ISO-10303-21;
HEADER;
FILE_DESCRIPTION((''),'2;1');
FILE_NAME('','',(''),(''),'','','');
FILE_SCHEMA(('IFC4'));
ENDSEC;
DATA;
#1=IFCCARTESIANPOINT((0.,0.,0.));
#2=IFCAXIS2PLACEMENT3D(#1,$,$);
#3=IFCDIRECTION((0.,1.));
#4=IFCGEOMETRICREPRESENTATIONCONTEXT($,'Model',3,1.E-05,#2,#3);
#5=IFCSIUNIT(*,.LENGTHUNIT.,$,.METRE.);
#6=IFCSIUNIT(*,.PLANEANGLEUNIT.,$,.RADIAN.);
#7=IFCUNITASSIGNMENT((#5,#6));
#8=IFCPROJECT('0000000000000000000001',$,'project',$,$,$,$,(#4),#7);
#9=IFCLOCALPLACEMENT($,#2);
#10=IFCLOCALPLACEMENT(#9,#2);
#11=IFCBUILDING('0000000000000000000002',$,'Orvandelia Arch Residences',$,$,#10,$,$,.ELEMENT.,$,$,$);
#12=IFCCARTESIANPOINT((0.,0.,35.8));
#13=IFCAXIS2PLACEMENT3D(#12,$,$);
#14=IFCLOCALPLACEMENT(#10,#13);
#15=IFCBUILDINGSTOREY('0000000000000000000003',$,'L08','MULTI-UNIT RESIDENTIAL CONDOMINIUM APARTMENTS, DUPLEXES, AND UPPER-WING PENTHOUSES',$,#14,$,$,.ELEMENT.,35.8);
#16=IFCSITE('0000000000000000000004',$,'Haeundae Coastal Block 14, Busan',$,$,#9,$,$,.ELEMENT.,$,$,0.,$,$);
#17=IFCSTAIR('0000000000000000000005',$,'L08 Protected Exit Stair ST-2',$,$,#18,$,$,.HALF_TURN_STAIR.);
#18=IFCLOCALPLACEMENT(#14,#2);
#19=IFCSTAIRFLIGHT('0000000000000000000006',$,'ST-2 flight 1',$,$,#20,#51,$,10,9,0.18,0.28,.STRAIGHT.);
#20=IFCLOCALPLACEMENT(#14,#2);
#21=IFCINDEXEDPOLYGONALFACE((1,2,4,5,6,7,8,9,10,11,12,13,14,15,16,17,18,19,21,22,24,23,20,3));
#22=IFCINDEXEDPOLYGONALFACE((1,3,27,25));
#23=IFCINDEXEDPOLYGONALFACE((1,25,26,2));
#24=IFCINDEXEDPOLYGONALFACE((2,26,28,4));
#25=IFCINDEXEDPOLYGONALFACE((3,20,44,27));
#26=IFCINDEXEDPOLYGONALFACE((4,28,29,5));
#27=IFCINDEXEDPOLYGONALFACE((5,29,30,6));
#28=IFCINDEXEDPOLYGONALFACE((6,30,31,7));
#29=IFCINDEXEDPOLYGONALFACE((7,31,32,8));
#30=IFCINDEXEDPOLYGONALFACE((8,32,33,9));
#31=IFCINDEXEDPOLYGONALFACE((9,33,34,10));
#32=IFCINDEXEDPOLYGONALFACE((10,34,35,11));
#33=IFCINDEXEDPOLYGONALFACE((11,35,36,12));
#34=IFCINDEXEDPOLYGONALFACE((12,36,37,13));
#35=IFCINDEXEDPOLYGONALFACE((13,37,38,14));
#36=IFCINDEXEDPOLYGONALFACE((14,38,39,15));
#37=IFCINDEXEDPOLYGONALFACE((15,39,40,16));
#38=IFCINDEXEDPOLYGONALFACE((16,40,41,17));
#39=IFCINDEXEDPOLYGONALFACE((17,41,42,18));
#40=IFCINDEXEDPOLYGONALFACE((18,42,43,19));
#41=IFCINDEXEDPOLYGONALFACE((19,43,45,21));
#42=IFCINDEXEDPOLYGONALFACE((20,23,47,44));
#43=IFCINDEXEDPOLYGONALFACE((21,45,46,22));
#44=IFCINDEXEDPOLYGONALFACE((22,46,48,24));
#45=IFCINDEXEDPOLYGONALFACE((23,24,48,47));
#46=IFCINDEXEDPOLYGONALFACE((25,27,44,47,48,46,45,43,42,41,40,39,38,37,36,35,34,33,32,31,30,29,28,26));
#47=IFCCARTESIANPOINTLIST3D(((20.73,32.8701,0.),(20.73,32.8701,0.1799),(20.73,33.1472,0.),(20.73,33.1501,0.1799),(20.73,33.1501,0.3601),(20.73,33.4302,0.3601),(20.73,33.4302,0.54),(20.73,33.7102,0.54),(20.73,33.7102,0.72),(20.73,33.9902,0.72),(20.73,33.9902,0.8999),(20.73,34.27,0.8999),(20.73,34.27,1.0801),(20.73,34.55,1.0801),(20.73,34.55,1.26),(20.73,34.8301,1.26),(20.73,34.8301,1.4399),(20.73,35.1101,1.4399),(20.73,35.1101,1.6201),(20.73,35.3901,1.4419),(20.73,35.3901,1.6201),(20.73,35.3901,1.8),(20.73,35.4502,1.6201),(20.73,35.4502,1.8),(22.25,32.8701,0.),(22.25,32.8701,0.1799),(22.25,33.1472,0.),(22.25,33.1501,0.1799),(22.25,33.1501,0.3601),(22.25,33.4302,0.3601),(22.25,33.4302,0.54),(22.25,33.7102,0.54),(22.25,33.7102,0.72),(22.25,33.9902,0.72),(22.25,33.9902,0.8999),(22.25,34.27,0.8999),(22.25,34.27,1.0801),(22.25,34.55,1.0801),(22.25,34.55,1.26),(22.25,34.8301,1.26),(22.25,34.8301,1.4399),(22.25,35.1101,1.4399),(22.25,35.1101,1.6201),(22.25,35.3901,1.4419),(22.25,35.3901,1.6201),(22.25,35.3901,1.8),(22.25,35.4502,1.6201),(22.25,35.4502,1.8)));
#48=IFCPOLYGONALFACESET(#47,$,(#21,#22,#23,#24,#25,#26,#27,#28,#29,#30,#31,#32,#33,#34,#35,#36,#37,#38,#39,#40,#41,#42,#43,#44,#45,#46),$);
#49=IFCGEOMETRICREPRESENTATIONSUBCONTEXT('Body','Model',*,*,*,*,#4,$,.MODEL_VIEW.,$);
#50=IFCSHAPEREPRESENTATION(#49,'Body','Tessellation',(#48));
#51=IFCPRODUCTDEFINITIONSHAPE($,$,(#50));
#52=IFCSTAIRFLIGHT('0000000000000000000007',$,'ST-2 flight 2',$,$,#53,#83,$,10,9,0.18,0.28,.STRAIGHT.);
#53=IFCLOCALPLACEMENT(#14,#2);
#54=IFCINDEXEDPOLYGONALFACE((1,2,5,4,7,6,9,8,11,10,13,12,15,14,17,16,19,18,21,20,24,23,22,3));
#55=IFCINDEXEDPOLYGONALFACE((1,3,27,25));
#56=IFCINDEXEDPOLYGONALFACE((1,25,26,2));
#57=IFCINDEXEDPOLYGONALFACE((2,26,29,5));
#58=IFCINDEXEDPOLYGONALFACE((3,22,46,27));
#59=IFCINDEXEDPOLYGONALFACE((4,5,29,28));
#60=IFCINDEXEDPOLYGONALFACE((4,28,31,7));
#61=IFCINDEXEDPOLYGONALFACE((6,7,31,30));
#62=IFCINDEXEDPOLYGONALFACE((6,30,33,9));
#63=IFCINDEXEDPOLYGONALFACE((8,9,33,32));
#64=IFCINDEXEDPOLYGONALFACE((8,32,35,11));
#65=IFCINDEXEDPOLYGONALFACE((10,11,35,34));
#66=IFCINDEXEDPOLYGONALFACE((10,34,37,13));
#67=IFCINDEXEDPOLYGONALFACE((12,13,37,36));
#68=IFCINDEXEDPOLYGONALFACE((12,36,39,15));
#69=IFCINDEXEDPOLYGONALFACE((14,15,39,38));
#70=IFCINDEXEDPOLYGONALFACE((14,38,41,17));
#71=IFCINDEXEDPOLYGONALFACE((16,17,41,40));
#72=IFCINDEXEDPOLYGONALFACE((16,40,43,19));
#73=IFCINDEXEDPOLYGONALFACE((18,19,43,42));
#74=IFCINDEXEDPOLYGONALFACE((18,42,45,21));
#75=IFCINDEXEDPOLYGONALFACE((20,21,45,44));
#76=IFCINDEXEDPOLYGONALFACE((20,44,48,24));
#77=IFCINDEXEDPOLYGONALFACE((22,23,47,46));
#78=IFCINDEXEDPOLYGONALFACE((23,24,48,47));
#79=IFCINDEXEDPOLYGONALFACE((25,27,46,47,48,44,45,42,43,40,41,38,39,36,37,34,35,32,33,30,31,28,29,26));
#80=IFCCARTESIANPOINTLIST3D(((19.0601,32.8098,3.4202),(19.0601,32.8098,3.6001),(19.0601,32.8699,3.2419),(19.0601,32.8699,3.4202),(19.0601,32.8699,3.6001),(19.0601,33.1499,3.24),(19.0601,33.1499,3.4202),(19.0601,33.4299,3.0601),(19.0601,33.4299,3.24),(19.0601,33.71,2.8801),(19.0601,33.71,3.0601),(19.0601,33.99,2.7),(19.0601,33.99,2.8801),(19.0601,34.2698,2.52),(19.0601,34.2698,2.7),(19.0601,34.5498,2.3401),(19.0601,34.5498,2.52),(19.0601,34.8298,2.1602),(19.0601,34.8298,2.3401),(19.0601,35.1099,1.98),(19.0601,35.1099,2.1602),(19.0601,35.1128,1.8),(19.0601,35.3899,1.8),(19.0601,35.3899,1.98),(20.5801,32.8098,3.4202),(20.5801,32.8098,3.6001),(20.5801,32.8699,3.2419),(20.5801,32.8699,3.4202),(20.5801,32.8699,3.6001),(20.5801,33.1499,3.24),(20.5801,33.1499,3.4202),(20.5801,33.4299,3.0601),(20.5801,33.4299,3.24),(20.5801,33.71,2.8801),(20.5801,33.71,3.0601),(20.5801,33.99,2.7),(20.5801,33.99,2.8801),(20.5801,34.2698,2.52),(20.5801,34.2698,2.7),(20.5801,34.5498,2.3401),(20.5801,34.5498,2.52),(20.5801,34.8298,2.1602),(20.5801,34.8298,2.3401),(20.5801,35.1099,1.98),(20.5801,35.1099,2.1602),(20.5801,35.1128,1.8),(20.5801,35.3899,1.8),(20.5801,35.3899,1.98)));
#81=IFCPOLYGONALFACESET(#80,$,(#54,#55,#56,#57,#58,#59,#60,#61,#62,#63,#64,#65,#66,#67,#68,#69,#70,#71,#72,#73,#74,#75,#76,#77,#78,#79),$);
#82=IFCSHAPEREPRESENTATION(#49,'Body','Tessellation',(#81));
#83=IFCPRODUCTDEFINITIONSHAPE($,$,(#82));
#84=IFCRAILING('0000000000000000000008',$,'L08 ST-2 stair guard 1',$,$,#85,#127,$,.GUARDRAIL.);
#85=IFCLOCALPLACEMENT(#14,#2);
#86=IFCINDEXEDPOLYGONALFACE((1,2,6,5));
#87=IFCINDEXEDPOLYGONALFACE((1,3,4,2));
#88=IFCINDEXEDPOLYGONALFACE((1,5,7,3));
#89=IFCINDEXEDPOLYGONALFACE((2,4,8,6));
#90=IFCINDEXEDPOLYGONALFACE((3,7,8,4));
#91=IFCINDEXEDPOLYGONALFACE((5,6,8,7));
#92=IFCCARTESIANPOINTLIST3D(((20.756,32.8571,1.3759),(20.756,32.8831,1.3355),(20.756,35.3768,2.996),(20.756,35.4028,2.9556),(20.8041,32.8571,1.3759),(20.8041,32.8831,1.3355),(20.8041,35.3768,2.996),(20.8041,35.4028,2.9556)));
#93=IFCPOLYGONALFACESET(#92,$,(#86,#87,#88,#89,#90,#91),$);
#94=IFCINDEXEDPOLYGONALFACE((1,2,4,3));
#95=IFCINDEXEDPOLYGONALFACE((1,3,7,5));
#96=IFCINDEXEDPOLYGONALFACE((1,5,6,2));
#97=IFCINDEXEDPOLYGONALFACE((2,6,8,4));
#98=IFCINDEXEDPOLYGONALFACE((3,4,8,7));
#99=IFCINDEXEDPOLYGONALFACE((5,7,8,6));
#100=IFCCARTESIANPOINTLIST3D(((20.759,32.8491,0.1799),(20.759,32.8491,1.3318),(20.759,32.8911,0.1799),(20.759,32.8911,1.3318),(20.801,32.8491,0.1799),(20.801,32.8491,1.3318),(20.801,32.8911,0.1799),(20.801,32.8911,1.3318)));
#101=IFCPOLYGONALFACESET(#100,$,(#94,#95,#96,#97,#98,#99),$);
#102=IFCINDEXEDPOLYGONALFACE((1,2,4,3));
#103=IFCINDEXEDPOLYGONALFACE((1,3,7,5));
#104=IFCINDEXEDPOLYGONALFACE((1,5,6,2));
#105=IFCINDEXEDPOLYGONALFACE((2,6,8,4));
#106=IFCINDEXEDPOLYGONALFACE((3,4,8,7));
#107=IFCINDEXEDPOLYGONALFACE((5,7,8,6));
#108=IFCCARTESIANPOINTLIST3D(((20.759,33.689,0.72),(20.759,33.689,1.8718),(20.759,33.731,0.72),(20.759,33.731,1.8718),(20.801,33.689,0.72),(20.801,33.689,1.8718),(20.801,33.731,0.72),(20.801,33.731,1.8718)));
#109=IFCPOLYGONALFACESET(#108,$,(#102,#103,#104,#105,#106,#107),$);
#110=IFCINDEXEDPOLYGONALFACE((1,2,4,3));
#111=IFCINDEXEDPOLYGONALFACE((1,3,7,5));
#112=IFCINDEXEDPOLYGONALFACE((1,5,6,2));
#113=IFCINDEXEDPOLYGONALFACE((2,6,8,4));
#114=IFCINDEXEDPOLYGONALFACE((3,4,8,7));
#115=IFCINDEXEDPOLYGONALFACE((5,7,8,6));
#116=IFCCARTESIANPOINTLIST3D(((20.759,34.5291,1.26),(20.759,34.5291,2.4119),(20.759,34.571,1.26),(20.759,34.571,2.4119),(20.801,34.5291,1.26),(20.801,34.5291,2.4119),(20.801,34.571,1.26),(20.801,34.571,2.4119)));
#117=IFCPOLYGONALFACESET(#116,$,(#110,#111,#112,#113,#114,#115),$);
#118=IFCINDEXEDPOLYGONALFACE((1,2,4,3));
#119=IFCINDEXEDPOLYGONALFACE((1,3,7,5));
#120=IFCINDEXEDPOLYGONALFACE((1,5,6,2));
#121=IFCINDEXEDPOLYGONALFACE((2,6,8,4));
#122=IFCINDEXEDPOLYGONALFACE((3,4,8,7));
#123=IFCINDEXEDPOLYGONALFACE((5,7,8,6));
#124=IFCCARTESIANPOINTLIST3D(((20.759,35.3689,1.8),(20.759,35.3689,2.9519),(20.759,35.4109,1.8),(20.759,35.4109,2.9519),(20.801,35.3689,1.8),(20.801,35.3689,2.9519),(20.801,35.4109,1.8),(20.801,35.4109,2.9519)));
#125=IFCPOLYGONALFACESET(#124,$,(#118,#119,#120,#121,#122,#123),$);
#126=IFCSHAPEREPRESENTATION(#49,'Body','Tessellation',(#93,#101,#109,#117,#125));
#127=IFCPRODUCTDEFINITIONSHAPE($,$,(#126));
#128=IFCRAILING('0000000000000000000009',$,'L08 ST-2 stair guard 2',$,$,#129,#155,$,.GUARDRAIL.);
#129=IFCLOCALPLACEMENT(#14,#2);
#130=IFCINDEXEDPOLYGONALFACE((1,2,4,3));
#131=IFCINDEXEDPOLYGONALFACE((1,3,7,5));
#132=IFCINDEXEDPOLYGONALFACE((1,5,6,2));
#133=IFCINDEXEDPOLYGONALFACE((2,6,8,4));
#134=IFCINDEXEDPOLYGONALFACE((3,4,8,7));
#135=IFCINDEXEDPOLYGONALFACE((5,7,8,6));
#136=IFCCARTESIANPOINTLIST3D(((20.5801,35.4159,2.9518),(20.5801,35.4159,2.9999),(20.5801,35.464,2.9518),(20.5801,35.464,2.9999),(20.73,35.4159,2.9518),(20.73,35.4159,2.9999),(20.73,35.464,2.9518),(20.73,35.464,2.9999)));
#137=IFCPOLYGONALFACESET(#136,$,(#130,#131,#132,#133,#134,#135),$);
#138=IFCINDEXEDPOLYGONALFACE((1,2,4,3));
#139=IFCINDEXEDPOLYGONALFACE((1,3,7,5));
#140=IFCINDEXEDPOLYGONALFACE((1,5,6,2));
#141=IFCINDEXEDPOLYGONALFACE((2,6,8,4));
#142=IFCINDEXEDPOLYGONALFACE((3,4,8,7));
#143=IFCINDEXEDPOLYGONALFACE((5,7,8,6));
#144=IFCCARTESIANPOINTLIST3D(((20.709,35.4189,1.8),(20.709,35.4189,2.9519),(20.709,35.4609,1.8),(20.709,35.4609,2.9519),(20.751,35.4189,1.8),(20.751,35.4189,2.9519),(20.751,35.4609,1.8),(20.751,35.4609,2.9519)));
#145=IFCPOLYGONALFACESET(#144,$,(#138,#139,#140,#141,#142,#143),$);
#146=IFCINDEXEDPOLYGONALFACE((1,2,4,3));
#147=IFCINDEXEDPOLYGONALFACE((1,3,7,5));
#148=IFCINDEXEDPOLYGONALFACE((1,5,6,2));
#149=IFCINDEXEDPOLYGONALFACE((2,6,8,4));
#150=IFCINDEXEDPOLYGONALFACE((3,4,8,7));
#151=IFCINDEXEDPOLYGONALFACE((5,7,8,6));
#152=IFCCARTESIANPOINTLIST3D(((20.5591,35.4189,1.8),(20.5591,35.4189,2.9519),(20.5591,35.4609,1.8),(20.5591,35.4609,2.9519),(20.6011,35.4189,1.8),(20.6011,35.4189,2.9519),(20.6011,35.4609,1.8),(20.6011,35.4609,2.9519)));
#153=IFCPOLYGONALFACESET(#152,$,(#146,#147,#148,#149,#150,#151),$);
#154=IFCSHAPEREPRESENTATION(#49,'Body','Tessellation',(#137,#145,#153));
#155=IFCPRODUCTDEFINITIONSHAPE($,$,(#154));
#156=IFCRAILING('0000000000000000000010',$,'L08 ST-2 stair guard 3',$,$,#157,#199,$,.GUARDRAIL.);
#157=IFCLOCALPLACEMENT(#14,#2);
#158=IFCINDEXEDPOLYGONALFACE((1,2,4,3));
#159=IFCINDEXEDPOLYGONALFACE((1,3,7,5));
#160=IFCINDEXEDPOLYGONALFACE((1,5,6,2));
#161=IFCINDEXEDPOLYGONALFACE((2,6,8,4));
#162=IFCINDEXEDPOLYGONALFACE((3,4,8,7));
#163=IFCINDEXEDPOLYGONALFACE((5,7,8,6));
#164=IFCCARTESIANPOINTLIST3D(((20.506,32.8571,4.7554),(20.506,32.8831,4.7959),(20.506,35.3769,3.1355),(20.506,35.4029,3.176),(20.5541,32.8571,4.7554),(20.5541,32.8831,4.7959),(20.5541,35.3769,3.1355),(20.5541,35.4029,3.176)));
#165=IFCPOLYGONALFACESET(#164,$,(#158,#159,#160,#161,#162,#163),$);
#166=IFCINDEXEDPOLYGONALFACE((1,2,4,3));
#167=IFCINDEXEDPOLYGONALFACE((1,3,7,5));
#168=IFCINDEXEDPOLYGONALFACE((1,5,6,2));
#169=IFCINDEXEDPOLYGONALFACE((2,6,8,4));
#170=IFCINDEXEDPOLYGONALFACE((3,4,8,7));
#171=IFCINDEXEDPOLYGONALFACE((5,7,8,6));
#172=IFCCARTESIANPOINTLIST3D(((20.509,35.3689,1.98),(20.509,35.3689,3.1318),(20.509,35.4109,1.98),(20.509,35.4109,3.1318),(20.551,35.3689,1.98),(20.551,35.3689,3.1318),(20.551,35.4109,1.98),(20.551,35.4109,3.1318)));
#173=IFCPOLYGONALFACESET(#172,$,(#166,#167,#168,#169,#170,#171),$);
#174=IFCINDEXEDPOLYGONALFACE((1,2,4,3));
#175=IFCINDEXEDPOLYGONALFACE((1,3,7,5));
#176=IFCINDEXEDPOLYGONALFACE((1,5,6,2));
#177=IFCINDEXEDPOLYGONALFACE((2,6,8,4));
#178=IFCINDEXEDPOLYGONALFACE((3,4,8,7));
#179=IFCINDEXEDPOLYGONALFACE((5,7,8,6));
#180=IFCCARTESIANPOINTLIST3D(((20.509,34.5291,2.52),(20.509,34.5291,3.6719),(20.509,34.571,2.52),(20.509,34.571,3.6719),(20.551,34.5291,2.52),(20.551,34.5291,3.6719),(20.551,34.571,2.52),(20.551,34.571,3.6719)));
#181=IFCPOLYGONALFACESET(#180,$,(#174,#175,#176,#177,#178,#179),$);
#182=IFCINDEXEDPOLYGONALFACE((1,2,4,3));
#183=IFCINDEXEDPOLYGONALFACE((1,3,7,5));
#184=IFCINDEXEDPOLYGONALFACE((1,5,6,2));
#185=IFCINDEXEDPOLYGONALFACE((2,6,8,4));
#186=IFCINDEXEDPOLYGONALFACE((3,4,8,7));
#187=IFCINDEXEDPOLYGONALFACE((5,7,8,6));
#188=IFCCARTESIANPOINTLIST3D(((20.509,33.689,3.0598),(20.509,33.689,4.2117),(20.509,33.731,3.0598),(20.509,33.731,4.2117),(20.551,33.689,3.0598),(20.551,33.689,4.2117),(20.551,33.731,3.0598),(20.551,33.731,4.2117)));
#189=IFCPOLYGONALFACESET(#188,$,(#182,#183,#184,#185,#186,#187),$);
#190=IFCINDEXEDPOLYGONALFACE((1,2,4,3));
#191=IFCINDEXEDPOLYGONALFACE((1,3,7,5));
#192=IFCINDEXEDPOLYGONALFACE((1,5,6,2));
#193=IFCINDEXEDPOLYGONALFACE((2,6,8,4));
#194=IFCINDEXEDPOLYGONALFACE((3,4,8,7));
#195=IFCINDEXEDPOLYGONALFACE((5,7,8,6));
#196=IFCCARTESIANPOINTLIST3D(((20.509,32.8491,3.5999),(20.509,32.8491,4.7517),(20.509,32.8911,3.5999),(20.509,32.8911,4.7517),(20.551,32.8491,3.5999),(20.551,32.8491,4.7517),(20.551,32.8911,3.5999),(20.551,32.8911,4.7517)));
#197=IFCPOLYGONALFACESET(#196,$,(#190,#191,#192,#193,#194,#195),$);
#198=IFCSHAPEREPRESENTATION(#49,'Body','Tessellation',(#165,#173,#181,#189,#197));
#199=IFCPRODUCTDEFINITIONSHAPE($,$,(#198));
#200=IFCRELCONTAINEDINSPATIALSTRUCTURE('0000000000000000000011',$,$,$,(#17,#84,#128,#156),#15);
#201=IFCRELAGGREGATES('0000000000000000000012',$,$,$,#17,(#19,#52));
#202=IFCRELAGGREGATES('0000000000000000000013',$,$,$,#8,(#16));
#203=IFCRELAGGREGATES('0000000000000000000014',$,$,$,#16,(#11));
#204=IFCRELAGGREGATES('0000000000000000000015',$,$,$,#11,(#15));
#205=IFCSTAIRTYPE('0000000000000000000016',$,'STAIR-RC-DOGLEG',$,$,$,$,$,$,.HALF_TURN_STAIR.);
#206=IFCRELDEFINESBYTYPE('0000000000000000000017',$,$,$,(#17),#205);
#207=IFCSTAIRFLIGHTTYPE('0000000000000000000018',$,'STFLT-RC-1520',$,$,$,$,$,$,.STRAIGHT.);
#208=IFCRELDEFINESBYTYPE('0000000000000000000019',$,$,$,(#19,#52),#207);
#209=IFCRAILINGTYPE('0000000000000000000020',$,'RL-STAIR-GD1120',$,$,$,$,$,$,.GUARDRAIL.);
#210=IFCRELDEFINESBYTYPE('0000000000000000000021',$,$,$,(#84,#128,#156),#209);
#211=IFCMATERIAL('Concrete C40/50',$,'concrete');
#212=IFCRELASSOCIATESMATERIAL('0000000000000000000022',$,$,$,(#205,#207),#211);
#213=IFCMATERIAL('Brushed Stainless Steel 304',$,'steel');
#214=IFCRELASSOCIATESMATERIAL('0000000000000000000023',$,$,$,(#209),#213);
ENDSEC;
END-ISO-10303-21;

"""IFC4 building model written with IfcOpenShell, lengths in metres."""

from ifc_helpers import new_model, si_unit, direction, frame, origin, origin_2d, place, context, subcontext, project, spatial, polyline, rectangle, outline, extrude, material, type_object, element, aggregate, save


model = new_model("IFC4")

# Units and contexts
model_context = context("Model", 3, precision=1e-05, world=origin(), true_north=direction((0.0, 1.0)))
body_context = subcontext(model_context, "Body", "Model", "MODEL_VIEW")
ifc_project = project(units=[si_unit("LENGTHUNIT", "METRE"), si_unit("PLANEANGLEUNIT", "RADIAN")], contexts=[model_context])

# Site, building, storey
site_placement = place(None, origin())
site = spatial("IfcSite", under=ifc_project, at=site_placement, Name="Haeundae Coastal Block 14, Busan", CompositionType="ELEMENT", RefElevation=0.0)
building_placement = place(site_placement, origin())
building = spatial("IfcBuilding", under=site, at=building_placement, Name="Orvandelia Arch Residences", CompositionType="ELEMENT")
storey_placement = place(building_placement, frame((0.0, 0.0, 35.8)))
storey = spatial("IfcBuildingStorey", under=building, at=storey_placement, Name="L08", Description="MULTI-UNIT RESIDENTIAL CONDOMINIUM APARTMENTS, DUPLEXES, AND UPPER-WING PENTHOUSES", CompositionType="ELEMENT", Elevation=35.8)

# Stair, stair flights
ifc_material_1 = material(Name="Concrete C40/50", Category="concrete")
stair_type = type_object("IfcStairType", Name="STAIR-RC-DOGLEG", PredefinedType="HALF_TURN_STAIR", material=ifc_material_1)
stair_placement = place(storey_placement, origin())
stair = element("IfcStair", 1, at=stair_placement, inside=storey, type_object=stair_type, Name="L08 Protected Exit Stair ST-2", PredefinedType="HALF_TURN_STAIR")
stair_flight_type = type_object("IfcStairFlightType", Name="STFLT-RC-1520", PredefinedType="STRAIGHT", material=ifc_material_1)
stair_flight_1_placement = place(storey_placement, frame((21.49, 32.8701, 0.0), z_axis=(0.0, 0.0, 1.0), x_axis=(0.0, 1.0, 0.0)))
stair_flight_1 = element("IfcStairFlight", 2, at=stair_flight_1_placement, type_object=stair_flight_type, Name="ST-2 flight 1", NumberOfRisers=10, NumberOfTreads=9, PredefinedType="STRAIGHT", RiserHeight=0.18, TreadLength=0.28, context=body_context, shape_type="SweptSolid", body=[
    extrude(outline(polyline([(0.0, 0.0), (0.0, 0.1799), (0.28, 0.1799), (0.28, 0.3601), (0.5601, 0.3601), (0.5601, 0.54), (0.8401, 0.54), (0.8401, 0.72), (1.1201, 0.72), (1.1201, 0.8999), (1.3999, 0.8999), (1.3999, 1.0801), (1.6799, 1.0801), (1.6799, 1.26), (1.96, 1.26), (1.96, 1.4399), (2.24, 1.4399), (2.24, 1.6201), (2.52, 1.6201), (2.52, 1.8), (2.5801, 1.8), (2.5801, 1.6201), (2.52, 1.4419), (0.2771, 0.0), (0.0, 0.0)])), frame((0.0, 0.76, 0.0), z_axis=(0.0, -1.0, 0.0), x_axis=(1.0, 0.0, 0.0)), (0.0, 0.0, 1.0), 1.52),
])
stair_flight_2_placement = place(storey_placement, frame((19.8201, 35.3899, 1.8), z_axis=(0.0, 0.0, 1.0), x_axis=(0.0, -1.0, 0.0)))
stair_flight_2 = element("IfcStairFlight", 3, at=stair_flight_2_placement, type_object=stair_flight_type, Name="ST-2 flight 2", NumberOfRisers=10, NumberOfTreads=9, PredefinedType="STRAIGHT", RiserHeight=0.18, TreadLength=0.28, context=body_context, shape_type="SweptSolid", body=[
    extrude(outline(polyline([(0.0, 0.0), (0.0, 0.1799), (0.28, 0.1799), (0.28, 0.3601), (0.5601, 0.3601), (0.5601, 0.54), (0.8401, 0.54), (0.8401, 0.72), (1.1201, 0.72), (1.1201, 0.8999), (1.3999, 0.8999), (1.3999, 1.0801), (1.6799, 1.0801), (1.6799, 1.26), (1.96, 1.26), (1.96, 1.4399), (2.24, 1.4399), (2.24, 1.6201), (2.52, 1.6201), (2.52, 1.8), (2.5801, 1.8), (2.5801, 1.6201), (2.52, 1.4419), (0.2771, 0.0), (0.0, 0.0)])), frame((0.0, 0.76, 0.0), z_axis=(0.0, -1.0, 0.0), x_axis=(1.0, 0.0, 0.0)), (0.0, 0.0, 1.0), 1.52),
])
aggregate(stair, [stair_flight_1, stair_flight_2])

# Railings
ifc_material_2 = material(Name="Brushed Stainless Steel 304", Category="steel")
railing_type_1 = type_object("IfcRailingType", Name="RL-STAIR-GD1120", PredefinedType="GUARDRAIL", material=ifc_material_2)
railing_1_placement = place(storey_placement, frame((20.78, 32.8701, 0.1799)))
element("IfcRailing", 4, at=railing_1_placement, inside=storey, type_object=railing_type_1, Name="L08 ST-2 stair guard 1", PredefinedType="GUARDRAIL", context=body_context, shape_type="SweptSolid", body=[
    extrude(rectangle(XDim=0.0481, YDim=0.0481, at=origin_2d()), frame((0.0, 0.0, 1.1758), z_axis=(0.0, 0.841139, 0.540819), x_axis=(-1.0, 0.0, 0.0)), (0.0, 0.0, 1.0), 2.9956),
    extrude(rectangle(XDim=0.042, YDim=0.042, at=origin_2d()), origin(), (0.0, 0.0, 1.0), 1.1519),
    extrude(rectangle(XDim=0.042, YDim=0.042, at=origin_2d()), frame((0.0, 0.8398, 0.54)), (0.0, 0.0, 1.0), 1.1519),
    extrude(rectangle(XDim=0.042, YDim=0.042, at=origin_2d()), frame((0.0, 1.6799, 1.0801)), (0.0, 0.0, 1.0), 1.1519),
    extrude(rectangle(XDim=0.042, YDim=0.042, at=origin_2d()), frame((0.0, 2.5198, 1.6201)), (0.0, 0.0, 1.0), 1.1519),
])
railing_2_placement = place(storey_placement, frame((20.73, 35.4399, 1.8)))
element("IfcRailing", 5, at=railing_2_placement, inside=storey, type_object=railing_type_1, Name="L08 ST-2 stair guard 2", PredefinedType="GUARDRAIL", context=body_context, shape_type="SweptSolid", body=[
    extrude(rectangle(XDim=0.0481, YDim=0.0481, at=origin_2d()), frame((0.0, 0.0, 1.1758), z_axis=(-1.0, 0.0, 0.0), x_axis=(0.0, -1.0, 0.0)), (0.0, 0.0, 1.0), 0.1499),
    extrude(rectangle(XDim=0.042, YDim=0.042, at=origin_2d()), origin(), (0.0, 0.0, 1.0), 1.1519),
    extrude(rectangle(XDim=0.042, YDim=0.042, at=origin_2d()), frame((-0.1499, 0.0, 0.0)), (0.0, 0.0, 1.0), 1.1519),
])
railing_3_placement = place(storey_placement, frame((20.53, 35.3899, 1.98)))
element("IfcRailing", 6, at=railing_3_placement, inside=storey, type_object=railing_type_1, Name="L08 ST-2 stair guard 3", PredefinedType="GUARDRAIL", context=body_context, shape_type="SweptSolid", body=[
    extrude(rectangle(XDim=0.0481, YDim=0.0481, at=origin_2d()), frame((0.0, 0.0, 1.1758), z_axis=(0.0, -0.841176, 0.540762), x_axis=(1.0, 0.0, 0.0)), (0.0, 0.0, 1.0), 2.9956),
    extrude(rectangle(XDim=0.042, YDim=0.042, at=origin_2d()), origin(), (0.0, 0.0, 1.0), 1.1519),
    extrude(rectangle(XDim=0.042, YDim=0.042, at=origin_2d()), frame((0.0, -0.8398, 0.54)), (0.0, 0.0, 1.0), 1.1519),
    extrude(rectangle(XDim=0.042, YDim=0.042, at=origin_2d()), frame((0.0, -1.6799, 1.0798)), (0.0, 0.0, 1.0), 1.1519),
    extrude(rectangle(XDim=0.042, YDim=0.042, at=origin_2d()), frame((0.0, -2.5198, 1.6199)), (0.0, 0.0, 1.0), 1.1519),
])

save(model, "model.ifc")
